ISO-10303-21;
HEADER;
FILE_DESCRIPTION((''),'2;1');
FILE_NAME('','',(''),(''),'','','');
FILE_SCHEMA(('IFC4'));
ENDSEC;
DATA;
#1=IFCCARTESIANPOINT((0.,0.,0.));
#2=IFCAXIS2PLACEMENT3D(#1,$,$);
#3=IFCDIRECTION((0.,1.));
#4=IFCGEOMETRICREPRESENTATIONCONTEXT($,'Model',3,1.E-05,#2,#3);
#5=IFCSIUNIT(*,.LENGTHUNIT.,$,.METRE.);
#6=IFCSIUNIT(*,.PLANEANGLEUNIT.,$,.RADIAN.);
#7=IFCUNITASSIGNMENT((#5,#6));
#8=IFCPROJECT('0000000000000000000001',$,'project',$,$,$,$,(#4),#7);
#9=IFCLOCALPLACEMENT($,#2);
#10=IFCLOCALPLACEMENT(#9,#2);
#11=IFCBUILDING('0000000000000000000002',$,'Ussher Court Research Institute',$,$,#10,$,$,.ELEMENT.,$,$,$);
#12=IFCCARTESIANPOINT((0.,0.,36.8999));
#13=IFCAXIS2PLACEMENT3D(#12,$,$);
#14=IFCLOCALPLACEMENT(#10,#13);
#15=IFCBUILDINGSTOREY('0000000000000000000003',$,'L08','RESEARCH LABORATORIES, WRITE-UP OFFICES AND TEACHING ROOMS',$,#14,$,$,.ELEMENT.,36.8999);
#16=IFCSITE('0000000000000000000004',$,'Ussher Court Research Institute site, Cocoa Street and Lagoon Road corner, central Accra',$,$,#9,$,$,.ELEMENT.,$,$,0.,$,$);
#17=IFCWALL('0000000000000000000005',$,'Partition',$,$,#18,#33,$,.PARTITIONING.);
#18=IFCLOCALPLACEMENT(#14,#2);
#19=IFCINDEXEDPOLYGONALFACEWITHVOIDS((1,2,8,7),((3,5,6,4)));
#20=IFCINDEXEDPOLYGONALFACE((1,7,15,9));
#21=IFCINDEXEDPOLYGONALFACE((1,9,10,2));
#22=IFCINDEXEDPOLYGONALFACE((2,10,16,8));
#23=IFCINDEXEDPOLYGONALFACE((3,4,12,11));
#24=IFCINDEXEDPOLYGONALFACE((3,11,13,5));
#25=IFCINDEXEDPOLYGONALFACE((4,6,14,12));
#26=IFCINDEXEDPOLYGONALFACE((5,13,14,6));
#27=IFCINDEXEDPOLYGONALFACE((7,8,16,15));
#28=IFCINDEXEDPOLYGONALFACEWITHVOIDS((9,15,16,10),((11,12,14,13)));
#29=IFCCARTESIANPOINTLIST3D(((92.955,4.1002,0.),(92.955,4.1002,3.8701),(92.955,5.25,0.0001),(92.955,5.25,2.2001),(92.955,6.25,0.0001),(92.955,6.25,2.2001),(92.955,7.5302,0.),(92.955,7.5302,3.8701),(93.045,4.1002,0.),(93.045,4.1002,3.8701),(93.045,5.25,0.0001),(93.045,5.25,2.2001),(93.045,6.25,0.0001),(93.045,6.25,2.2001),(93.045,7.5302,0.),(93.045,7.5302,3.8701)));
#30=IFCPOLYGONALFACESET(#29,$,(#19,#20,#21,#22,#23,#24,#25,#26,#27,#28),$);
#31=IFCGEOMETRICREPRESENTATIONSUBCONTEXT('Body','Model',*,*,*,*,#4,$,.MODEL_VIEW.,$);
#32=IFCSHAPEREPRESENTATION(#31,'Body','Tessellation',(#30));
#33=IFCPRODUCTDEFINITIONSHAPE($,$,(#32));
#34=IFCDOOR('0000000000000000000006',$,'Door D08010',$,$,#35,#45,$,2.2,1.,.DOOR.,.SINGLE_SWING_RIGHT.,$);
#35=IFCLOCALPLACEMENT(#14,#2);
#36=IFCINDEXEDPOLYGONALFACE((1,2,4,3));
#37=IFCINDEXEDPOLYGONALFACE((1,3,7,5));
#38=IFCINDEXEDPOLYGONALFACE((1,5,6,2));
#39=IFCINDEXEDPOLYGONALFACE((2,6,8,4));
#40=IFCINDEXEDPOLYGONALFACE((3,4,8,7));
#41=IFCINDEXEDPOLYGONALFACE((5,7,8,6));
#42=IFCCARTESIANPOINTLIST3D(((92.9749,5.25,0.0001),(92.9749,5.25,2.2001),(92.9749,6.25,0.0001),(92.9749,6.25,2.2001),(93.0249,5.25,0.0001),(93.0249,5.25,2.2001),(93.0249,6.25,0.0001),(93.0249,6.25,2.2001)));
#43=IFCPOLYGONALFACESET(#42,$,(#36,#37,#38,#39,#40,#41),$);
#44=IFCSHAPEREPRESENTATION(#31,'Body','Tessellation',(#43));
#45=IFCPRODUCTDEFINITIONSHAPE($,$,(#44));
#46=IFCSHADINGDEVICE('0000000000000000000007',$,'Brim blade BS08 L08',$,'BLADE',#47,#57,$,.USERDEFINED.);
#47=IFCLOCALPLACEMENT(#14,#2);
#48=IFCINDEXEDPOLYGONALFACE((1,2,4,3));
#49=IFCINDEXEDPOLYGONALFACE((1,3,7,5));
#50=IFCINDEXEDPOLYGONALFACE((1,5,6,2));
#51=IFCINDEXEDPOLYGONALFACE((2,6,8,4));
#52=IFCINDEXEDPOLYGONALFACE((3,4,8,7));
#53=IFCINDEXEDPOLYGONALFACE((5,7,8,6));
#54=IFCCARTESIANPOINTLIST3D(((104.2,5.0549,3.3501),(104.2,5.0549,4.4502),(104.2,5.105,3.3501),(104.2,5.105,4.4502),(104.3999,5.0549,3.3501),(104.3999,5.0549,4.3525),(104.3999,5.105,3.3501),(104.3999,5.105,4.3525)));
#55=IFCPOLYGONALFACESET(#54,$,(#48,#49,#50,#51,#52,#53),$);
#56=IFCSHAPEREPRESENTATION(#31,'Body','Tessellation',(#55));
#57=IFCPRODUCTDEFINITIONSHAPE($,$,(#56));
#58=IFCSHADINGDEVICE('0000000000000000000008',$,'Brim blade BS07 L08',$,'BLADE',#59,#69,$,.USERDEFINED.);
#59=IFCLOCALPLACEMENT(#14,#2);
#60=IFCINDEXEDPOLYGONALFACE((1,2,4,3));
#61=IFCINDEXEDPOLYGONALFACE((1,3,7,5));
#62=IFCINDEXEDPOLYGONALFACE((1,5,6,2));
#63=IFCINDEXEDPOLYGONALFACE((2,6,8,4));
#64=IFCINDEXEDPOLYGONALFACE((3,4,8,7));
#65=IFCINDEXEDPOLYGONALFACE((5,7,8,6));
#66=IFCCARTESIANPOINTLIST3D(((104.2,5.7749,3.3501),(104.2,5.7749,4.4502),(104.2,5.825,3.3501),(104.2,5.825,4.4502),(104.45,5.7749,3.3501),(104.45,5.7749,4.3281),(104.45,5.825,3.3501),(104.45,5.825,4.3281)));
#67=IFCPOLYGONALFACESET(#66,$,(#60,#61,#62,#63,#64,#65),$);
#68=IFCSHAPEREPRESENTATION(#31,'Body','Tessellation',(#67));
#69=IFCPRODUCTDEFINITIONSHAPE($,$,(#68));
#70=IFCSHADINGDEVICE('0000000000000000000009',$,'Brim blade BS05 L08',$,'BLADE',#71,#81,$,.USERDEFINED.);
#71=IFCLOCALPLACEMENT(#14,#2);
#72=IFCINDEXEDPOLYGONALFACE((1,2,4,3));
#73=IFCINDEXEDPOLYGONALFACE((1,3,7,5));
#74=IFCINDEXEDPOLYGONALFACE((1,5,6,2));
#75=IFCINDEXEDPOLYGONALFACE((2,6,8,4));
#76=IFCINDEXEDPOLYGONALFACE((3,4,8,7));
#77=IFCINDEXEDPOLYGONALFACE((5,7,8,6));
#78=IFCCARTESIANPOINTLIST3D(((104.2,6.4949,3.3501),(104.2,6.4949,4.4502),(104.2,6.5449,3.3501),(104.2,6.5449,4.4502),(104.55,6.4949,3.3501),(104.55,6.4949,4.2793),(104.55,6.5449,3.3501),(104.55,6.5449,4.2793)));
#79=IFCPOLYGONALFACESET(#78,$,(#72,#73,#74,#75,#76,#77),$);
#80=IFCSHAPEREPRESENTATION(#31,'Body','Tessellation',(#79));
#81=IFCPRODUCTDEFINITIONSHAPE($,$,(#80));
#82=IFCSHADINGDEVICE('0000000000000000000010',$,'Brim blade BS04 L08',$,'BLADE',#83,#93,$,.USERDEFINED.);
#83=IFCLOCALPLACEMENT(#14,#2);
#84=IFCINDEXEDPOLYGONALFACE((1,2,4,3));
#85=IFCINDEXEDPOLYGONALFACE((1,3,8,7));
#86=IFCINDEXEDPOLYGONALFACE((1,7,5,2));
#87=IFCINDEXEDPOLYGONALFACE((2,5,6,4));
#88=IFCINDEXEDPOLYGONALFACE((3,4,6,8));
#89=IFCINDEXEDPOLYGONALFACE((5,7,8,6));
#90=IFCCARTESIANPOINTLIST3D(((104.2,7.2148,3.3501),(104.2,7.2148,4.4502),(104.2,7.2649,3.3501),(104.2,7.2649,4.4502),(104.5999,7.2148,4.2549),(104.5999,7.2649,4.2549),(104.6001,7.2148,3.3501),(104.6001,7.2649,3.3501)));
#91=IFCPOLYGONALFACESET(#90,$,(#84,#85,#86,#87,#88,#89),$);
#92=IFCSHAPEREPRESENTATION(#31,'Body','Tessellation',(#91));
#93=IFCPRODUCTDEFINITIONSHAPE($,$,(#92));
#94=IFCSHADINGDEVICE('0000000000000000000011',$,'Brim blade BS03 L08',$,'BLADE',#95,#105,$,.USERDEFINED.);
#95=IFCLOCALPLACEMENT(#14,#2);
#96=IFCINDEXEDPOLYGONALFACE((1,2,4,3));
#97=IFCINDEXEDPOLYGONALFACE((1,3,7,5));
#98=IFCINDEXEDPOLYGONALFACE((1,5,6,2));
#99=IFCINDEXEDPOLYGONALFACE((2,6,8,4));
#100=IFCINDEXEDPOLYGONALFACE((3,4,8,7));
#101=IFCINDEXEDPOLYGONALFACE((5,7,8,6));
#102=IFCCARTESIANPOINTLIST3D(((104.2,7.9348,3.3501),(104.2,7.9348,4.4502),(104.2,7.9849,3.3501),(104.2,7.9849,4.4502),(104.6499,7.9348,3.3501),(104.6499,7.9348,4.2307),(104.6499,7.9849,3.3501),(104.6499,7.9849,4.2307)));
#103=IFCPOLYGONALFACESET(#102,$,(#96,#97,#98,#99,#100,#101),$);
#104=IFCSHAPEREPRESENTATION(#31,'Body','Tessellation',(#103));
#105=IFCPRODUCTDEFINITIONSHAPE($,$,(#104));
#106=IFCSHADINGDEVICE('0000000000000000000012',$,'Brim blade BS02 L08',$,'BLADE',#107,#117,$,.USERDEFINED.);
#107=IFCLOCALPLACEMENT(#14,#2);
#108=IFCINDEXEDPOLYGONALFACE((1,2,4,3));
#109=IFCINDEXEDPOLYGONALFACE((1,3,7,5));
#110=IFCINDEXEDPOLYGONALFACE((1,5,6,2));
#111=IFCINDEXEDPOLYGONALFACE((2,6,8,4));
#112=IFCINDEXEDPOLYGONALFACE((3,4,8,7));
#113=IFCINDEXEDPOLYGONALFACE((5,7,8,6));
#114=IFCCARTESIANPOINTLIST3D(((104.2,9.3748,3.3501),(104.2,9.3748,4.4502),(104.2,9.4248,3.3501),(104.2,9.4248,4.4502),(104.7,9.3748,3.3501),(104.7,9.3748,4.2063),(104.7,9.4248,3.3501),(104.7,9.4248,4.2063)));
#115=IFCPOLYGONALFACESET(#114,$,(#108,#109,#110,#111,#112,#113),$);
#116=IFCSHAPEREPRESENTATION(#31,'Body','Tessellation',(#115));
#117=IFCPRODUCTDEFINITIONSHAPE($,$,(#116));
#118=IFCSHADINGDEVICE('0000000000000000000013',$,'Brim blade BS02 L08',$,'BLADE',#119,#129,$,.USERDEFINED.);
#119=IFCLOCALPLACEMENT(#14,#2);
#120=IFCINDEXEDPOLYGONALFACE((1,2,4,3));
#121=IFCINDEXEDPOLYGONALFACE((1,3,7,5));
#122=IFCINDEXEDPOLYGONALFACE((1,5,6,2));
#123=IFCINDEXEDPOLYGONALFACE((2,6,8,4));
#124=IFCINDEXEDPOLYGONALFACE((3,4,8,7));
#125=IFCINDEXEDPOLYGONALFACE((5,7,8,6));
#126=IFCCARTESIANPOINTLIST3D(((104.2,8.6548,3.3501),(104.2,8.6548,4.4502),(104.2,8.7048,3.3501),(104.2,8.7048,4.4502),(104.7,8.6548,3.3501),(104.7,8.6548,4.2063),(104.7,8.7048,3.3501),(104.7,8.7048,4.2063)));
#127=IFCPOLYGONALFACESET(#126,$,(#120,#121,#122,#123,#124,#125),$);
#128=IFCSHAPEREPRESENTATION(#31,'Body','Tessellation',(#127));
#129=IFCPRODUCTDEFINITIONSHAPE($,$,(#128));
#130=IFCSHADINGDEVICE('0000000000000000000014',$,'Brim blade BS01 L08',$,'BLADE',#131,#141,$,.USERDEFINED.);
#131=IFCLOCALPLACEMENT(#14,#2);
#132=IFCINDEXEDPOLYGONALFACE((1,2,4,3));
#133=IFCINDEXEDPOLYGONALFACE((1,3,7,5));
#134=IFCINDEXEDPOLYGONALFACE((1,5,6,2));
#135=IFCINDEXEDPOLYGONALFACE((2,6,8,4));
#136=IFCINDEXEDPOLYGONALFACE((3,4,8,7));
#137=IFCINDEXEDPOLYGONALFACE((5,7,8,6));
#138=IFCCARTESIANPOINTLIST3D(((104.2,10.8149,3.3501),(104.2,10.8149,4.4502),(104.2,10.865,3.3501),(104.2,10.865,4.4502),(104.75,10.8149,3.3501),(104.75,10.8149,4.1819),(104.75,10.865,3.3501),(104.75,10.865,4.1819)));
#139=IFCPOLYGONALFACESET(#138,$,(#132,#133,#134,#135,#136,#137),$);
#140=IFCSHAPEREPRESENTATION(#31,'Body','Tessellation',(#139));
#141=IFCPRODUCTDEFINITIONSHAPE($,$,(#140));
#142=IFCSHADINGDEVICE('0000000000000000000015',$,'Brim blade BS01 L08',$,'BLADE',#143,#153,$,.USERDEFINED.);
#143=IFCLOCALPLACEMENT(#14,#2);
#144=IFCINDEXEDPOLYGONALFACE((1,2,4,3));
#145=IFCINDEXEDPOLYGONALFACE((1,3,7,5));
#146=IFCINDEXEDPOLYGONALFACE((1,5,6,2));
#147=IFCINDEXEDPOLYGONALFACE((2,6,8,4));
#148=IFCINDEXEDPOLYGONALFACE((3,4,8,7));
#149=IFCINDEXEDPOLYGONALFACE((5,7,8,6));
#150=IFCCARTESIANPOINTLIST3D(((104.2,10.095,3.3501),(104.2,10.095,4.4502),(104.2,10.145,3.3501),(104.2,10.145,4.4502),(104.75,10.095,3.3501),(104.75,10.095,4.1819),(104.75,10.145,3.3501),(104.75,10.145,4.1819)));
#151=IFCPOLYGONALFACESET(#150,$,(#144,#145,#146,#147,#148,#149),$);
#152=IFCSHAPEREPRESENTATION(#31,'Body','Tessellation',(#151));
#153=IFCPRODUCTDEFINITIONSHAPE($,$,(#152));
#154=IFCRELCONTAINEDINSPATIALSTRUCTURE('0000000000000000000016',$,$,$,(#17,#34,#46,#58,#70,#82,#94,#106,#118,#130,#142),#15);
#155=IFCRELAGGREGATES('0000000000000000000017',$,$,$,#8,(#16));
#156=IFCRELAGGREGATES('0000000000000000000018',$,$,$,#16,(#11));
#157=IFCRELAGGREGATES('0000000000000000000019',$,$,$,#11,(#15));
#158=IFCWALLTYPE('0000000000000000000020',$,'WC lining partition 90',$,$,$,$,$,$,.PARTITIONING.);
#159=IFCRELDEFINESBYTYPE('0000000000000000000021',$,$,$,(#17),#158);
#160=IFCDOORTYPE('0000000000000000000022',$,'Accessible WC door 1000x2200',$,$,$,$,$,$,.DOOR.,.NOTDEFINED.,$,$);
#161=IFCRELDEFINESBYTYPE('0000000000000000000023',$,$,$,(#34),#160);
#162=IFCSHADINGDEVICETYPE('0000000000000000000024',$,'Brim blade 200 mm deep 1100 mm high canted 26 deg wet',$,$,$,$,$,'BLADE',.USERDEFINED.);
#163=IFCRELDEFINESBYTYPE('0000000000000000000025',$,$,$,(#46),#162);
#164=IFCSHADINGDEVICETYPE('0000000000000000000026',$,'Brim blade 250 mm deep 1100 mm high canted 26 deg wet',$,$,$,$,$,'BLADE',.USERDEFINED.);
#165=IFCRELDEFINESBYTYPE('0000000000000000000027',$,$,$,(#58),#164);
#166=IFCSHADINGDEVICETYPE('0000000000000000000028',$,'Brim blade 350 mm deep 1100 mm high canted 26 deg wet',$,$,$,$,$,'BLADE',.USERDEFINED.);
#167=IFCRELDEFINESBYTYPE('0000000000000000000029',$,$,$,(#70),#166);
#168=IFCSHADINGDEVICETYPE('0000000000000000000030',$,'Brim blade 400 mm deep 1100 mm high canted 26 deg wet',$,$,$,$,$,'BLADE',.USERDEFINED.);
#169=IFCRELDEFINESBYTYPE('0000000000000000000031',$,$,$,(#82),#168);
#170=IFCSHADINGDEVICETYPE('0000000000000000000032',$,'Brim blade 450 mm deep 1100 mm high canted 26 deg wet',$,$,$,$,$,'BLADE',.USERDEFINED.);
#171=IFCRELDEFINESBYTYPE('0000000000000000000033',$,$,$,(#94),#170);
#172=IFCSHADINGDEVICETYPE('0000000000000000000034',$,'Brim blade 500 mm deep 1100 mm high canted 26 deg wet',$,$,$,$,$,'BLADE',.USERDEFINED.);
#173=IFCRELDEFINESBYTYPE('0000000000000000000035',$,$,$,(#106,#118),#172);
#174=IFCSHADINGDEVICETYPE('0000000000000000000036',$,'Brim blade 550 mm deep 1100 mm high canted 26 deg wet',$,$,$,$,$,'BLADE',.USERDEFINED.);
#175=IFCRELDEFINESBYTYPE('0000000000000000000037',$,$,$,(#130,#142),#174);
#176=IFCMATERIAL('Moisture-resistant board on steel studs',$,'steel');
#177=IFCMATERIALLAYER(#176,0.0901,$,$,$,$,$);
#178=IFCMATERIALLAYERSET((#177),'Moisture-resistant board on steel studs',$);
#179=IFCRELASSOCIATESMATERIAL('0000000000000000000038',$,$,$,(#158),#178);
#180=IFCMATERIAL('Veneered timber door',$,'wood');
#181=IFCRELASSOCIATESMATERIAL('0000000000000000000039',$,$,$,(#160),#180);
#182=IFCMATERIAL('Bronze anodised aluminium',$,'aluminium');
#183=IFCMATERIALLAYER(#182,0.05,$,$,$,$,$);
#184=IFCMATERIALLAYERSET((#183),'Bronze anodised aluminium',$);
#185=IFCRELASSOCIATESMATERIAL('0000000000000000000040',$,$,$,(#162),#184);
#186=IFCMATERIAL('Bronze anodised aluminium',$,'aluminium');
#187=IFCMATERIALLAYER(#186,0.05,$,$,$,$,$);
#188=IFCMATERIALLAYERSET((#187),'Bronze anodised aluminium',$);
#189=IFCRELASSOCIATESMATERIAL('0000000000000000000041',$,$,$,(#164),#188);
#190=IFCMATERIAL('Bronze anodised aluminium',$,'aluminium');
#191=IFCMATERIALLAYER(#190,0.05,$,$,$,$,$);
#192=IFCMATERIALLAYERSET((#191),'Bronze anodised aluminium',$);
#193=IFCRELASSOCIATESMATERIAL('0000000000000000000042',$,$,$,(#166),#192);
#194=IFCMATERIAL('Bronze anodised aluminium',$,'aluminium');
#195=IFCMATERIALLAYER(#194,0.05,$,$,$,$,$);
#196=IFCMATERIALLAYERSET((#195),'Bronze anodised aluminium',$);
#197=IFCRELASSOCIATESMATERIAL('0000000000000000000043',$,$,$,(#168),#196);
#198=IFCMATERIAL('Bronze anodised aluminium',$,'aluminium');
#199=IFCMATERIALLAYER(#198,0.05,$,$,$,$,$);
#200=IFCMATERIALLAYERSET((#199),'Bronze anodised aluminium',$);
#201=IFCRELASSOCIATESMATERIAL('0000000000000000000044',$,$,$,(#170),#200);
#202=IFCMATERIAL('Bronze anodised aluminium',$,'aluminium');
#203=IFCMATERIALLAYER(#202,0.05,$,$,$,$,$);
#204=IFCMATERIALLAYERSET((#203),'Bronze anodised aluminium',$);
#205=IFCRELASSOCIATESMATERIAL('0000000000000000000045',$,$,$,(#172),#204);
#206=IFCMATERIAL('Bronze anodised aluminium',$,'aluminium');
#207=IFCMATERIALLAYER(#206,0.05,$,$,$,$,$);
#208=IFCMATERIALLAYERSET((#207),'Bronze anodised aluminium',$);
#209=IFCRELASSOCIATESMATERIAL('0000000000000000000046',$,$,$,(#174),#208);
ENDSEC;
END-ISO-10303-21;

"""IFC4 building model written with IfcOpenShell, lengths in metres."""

from ifc_helpers import new_model, si_unit, direction, frame, frame_2d, origin, place, context, subcontext, project, spatial, polyline, rectangle, outline, extrude, material, layer, layer_set, type_object, element, fill, save


model = new_model("IFC4")

# Units and contexts
model_context = context("Model", 3, precision=1e-05, world=origin(), true_north=direction((0.0, 1.0)))
body_context = subcontext(model_context, "Body", "Model", "MODEL_VIEW")
ifc_project = project(units=[si_unit("LENGTHUNIT", "METRE"), si_unit("PLANEANGLEUNIT", "RADIAN")], contexts=[model_context])

# Site, building, storey
site_placement = place(None, origin())
site = spatial("IfcSite", under=ifc_project, at=site_placement, Name="Ussher Court Research Institute site, Cocoa Street and Lagoon Road corner, central Accra", CompositionType="ELEMENT", RefElevation=0.0)
building_placement = place(site_placement, origin())
building = spatial("IfcBuilding", under=site, at=building_placement, Name="Ussher Court Research Institute", CompositionType="ELEMENT")
storey_placement = place(building_placement, frame((0.0, 0.0, 36.8999)))
storey = spatial("IfcBuildingStorey", under=building, at=storey_placement, Name="L08", Description="RESEARCH LABORATORIES, WRITE-UP OFFICES AND TEACHING ROOMS", CompositionType="ELEMENT", Elevation=36.8999)

# Wall, opening, door
ifc_material_1 = material(Name="Moisture-resistant board on steel studs", Category="steel")
ifc_layer_1 = layer(ifc_material_1, 0.0901)
ifc_layer_set_1 = layer_set([ifc_layer_1], Name="Moisture-resistant board on steel studs")
wall_type_1 = type_object("IfcWallType", Name="WC lining partition 90", PredefinedType="PARTITIONING", material=ifc_layer_set_1)
wall_1_placement = place(storey_placement, frame((93.0, 7.53, 0.0), z_axis=(0.0, 0.0, 1.0), x_axis=(0.0, -1.0, 0.0)))
wall_1 = element("IfcWall", 1, at=wall_1_placement, inside=storey, type_object=wall_type_1, Name="Partition", PredefinedType="PARTITIONING", context=body_context, shape_type="SweptSolid", body=[
    extrude(rectangle(XDim=3.4299, YDim=0.0901, at=frame_2d((1.7148, 0.0))), origin(), (0.0, 0.0, 1.0), 3.8701),
])
opening_1_placement = place(wall_1_placement, frame((1.28, 0.0, 0.0)))
opening_1 = element("IfcOpeningElement", 2, at=opening_1_placement, cuts=wall_1, PredefinedType="OPENING", context=body_context, shape_type="SweptSolid", body=[
    extrude(rectangle(XDim=1.0, YDim=2.2, at=frame_2d((0.5, 1.1001))), frame((0.0, 0.0552, 0.0), z_axis=(0.0, -1.0, 0.0), x_axis=(1.0, 0.0, 0.0)), (0.0, 0.0, 1.0), 0.1101),
])
ifc_material_2 = material(Name="Veneered timber door", Category="wood")
door_type = type_object("IfcDoorType", Name="Accessible WC door 1000x2200", OperationType="NOTDEFINED", PredefinedType="DOOR", material=ifc_material_2)
door_placement = place(opening_1_placement, origin())
door = element("IfcDoor", 3, at=door_placement, inside=storey, type_object=door_type, Name="Door D08010", OperationType="SINGLE_SWING_RIGHT", OverallHeight=2.2, OverallWidth=1.0, PredefinedType="DOOR", context=body_context, shape_type="SweptSolid", body=[
    extrude(rectangle(XDim=1.0, YDim=2.2, at=frame_2d((0.5, 1.1001))), frame((0.0, 0.0249, 0.0), z_axis=(0.0, -1.0, 0.0), x_axis=(1.0, 0.0, 0.0)), (0.0, 0.0, 1.0), 0.05),
])
fill(opening_1, door)

# Shading devices
ifc_material_3 = material(Name="Bronze anodised aluminium", Category="aluminium")
ifc_layer_2 = layer(ifc_material_3, 0.05)
ifc_layer_set_2 = layer_set([ifc_layer_2], Name="Bronze anodised aluminium")
shading_device_type_1 = type_object("IfcShadingDeviceType", Name="Brim blade 200 mm deep 1100 mm high canted 26 deg wet", ElementType="BLADE", PredefinedType="USERDEFINED", material=ifc_layer_set_2)
shading_device_1_placement = place(storey_placement, frame((104.2, 5.0801, 3.3501), z_axis=(0.0, 0.0, 1.0), x_axis=(1.0, 0.0, 0.0)))
element("IfcShadingDevice", 4, at=shading_device_1_placement, inside=storey, type_object=shading_device_type_1, Name="Brim blade BS08 L08", ObjectType="BLADE", PredefinedType="USERDEFINED", context=body_context, shape_type="SweptSolid", body=[
    extrude(outline(polyline([(0.0, 0.0), (0.2, 0.0), (0.2, 1.0024), (0.0, 1.1001), (0.0, 0.0)])), frame((0.0, 0.0249, 0.0), z_axis=(0.0, -1.0, 0.0), x_axis=(1.0, 0.0, 0.0)), (0.0, 0.0, 1.0), 0.05),
])
ifc_material_4 = material(Name="Bronze anodised aluminium", Category="aluminium")
ifc_layer_3 = layer(ifc_material_4, 0.05)
ifc_layer_set_3 = layer_set([ifc_layer_3], Name="Bronze anodised aluminium")
shading_device_type_2 = type_object("IfcShadingDeviceType", Name="Brim blade 250 mm deep 1100 mm high canted 26 deg wet", ElementType="BLADE", PredefinedType="USERDEFINED", material=ifc_layer_set_3)
shading_device_2_placement = place(storey_placement, frame((104.2, 5.8, 3.3501), z_axis=(0.0, 0.0, 1.0), x_axis=(1.0, 0.0, 0.0)))
element("IfcShadingDevice", 5, at=shading_device_2_placement, inside=storey, type_object=shading_device_type_2, Name="Brim blade BS07 L08", ObjectType="BLADE", PredefinedType="USERDEFINED", context=body_context, shape_type="SweptSolid", body=[
    extrude(outline(polyline([(0.0, 0.0), (0.25, 0.0), (0.25, 0.978), (0.0, 1.1001), (0.0, 0.0)])), frame((0.0, 0.0249, 0.0), z_axis=(0.0, -1.0, 0.0), x_axis=(1.0, 0.0, 0.0)), (0.0, 0.0, 1.0), 0.05),
])
ifc_material_5 = material(Name="Bronze anodised aluminium", Category="aluminium")
ifc_layer_4 = layer(ifc_material_5, 0.05)
ifc_layer_set_4 = layer_set([ifc_layer_4], Name="Bronze anodised aluminium")
shading_device_type_3 = type_object("IfcShadingDeviceType", Name="Brim blade 350 mm deep 1100 mm high canted 26 deg wet", ElementType="BLADE", PredefinedType="USERDEFINED", material=ifc_layer_set_4)
shading_device_3_placement = place(storey_placement, frame((104.2, 6.52, 3.3501), z_axis=(0.0, 0.0, 1.0), x_axis=(1.0, 0.0, 0.0)))
element("IfcShadingDevice", 6, at=shading_device_3_placement, inside=storey, type_object=shading_device_type_3, Name="Brim blade BS05 L08", ObjectType="BLADE", PredefinedType="USERDEFINED", context=body_context, shape_type="SweptSolid", body=[
    extrude(outline(polyline([(0.0, 0.0), (0.3501, 0.0), (0.3501, 0.9292), (0.0, 1.1001), (0.0, 0.0)])), frame((0.0, 0.0249, 0.0), z_axis=(0.0, -1.0, 0.0), x_axis=(1.0, 0.0, 0.0)), (0.0, 0.0, 1.0), 0.05),
])
ifc_material_6 = material(Name="Bronze anodised aluminium", Category="aluminium")
ifc_layer_5 = layer(ifc_material_6, 0.05)
ifc_layer_set_5 = layer_set([ifc_layer_5], Name="Bronze anodised aluminium")
shading_device_type_4 = type_object("IfcShadingDeviceType", Name="Brim blade 400 mm deep 1100 mm high canted 26 deg wet", ElementType="BLADE", PredefinedType="USERDEFINED", material=ifc_layer_set_5)
shading_device_4_placement = place(storey_placement, frame((104.2, 7.24, 3.3501), z_axis=(0.0, 0.0, 1.0), x_axis=(1.0, 0.0, 0.0)))
element("IfcShadingDevice", 7, at=shading_device_4_placement, inside=storey, type_object=shading_device_type_4, Name="Brim blade BS04 L08", ObjectType="BLADE", PredefinedType="USERDEFINED", context=body_context, shape_type="SweptSolid", body=[
    extrude(outline(polyline([(0.0, 0.0), (0.4001, 0.0), (0.3999, 0.9048), (0.0, 1.1001), (0.0, 0.0)])), frame((0.0, 0.0249, 0.0), z_axis=(0.0, -1.0, 0.0), x_axis=(1.0, 0.0, 0.0)), (0.0, 0.0, 1.0), 0.05),
])
ifc_material_7 = material(Name="Bronze anodised aluminium", Category="aluminium")
ifc_layer_6 = layer(ifc_material_7, 0.05)
ifc_layer_set_6 = layer_set([ifc_layer_6], Name="Bronze anodised aluminium")
shading_device_type_5 = type_object("IfcShadingDeviceType", Name="Brim blade 450 mm deep 1100 mm high canted 26 deg wet", ElementType="BLADE", PredefinedType="USERDEFINED", material=ifc_layer_set_6)
shading_device_5_placement = place(storey_placement, frame((104.2, 7.96, 3.3501), z_axis=(0.0, 0.0, 1.0), x_axis=(1.0, 0.0, 0.0)))
element("IfcShadingDevice", 8, at=shading_device_5_placement, inside=storey, type_object=shading_device_type_5, Name="Brim blade BS03 L08", ObjectType="BLADE", PredefinedType="USERDEFINED", context=body_context, shape_type="SweptSolid", body=[
    extrude(outline(polyline([(0.0, 0.0), (0.45, 0.0), (0.45, 0.8806), (0.0, 1.1001), (0.0, 0.0)])), frame((0.0, 0.0249, 0.0), z_axis=(0.0, -1.0, 0.0), x_axis=(1.0, 0.0, 0.0)), (0.0, 0.0, 1.0), 0.05),
])
ifc_material_8 = material(Name="Bronze anodised aluminium", Category="aluminium")
ifc_layer_7 = layer(ifc_material_8, 0.05)
ifc_layer_set_7 = layer_set([ifc_layer_7], Name="Bronze anodised aluminium")
shading_device_type_6 = type_object("IfcShadingDeviceType", Name="Brim blade 500 mm deep 1100 mm high canted 26 deg wet", ElementType="BLADE", PredefinedType="USERDEFINED", material=ifc_layer_set_7)
for number, where, z_axis, x_axis, name in (
    (9, (104.2, 9.3999, 3.3501), (0.0, 0.0, 1.0), (1.0, 0.0, 0.0), "Brim blade BS02 L08"),
    (10, (104.2, 8.6799, 3.3501), (0.0, 0.0, 1.0), (1.0, 0.0, 0.0), "Brim blade BS02 L08"),
):
    element("IfcShadingDevice", number, at=place(storey_placement, frame(where, z_axis=z_axis, x_axis=x_axis)), inside=storey, type_object=shading_device_type_6, Name=name, ObjectType="BLADE", PredefinedType="USERDEFINED", context=body_context, shape_type="SweptSolid", body=[
        extrude(outline(polyline([(0.0, 0.0), (0.5, 0.0), (0.5, 0.8562), (0.0, 1.1001), (0.0, 0.0)])), frame((0.0, 0.0249, 0.0), z_axis=(0.0, -1.0, 0.0), x_axis=(1.0, 0.0, 0.0)), (0.0, 0.0, 1.0), 0.05),
    ])
ifc_material_9 = material(Name="Bronze anodised aluminium", Category="aluminium")
ifc_layer_8 = layer(ifc_material_9, 0.05)
ifc_layer_set_8 = layer_set([ifc_layer_8], Name="Bronze anodised aluminium")
shading_device_type_7 = type_object("IfcShadingDeviceType", Name="Brim blade 550 mm deep 1100 mm high canted 26 deg wet", ElementType="BLADE", PredefinedType="USERDEFINED", material=ifc_layer_set_8)
for number, where, z_axis, x_axis, name in (
    (11, (104.2, 10.8401, 3.3501), (0.0, 0.0, 1.0), (1.0, 0.0, 0.0), "Brim blade BS01 L08"),
    (12, (104.2, 10.1201, 3.3501), (0.0, 0.0, 1.0), (1.0, 0.0, 0.0), "Brim blade BS01 L08"),
):
    element("IfcShadingDevice", number, at=place(storey_placement, frame(where, z_axis=z_axis, x_axis=x_axis)), inside=storey, type_object=shading_device_type_7, Name=name, ObjectType="BLADE", PredefinedType="USERDEFINED", context=body_context, shape_type="SweptSolid", body=[
        extrude(outline(polyline([(0.0, 0.0), (0.55, 0.0), (0.55, 0.8318), (0.0, 1.1001), (0.0, 0.0)])), frame((0.0, 0.0249, 0.0), z_axis=(0.0, -1.0, 0.0), x_axis=(1.0, 0.0, 0.0)), (0.0, 0.0, 1.0), 0.05),
    ])

save(model, "model.ifc")
